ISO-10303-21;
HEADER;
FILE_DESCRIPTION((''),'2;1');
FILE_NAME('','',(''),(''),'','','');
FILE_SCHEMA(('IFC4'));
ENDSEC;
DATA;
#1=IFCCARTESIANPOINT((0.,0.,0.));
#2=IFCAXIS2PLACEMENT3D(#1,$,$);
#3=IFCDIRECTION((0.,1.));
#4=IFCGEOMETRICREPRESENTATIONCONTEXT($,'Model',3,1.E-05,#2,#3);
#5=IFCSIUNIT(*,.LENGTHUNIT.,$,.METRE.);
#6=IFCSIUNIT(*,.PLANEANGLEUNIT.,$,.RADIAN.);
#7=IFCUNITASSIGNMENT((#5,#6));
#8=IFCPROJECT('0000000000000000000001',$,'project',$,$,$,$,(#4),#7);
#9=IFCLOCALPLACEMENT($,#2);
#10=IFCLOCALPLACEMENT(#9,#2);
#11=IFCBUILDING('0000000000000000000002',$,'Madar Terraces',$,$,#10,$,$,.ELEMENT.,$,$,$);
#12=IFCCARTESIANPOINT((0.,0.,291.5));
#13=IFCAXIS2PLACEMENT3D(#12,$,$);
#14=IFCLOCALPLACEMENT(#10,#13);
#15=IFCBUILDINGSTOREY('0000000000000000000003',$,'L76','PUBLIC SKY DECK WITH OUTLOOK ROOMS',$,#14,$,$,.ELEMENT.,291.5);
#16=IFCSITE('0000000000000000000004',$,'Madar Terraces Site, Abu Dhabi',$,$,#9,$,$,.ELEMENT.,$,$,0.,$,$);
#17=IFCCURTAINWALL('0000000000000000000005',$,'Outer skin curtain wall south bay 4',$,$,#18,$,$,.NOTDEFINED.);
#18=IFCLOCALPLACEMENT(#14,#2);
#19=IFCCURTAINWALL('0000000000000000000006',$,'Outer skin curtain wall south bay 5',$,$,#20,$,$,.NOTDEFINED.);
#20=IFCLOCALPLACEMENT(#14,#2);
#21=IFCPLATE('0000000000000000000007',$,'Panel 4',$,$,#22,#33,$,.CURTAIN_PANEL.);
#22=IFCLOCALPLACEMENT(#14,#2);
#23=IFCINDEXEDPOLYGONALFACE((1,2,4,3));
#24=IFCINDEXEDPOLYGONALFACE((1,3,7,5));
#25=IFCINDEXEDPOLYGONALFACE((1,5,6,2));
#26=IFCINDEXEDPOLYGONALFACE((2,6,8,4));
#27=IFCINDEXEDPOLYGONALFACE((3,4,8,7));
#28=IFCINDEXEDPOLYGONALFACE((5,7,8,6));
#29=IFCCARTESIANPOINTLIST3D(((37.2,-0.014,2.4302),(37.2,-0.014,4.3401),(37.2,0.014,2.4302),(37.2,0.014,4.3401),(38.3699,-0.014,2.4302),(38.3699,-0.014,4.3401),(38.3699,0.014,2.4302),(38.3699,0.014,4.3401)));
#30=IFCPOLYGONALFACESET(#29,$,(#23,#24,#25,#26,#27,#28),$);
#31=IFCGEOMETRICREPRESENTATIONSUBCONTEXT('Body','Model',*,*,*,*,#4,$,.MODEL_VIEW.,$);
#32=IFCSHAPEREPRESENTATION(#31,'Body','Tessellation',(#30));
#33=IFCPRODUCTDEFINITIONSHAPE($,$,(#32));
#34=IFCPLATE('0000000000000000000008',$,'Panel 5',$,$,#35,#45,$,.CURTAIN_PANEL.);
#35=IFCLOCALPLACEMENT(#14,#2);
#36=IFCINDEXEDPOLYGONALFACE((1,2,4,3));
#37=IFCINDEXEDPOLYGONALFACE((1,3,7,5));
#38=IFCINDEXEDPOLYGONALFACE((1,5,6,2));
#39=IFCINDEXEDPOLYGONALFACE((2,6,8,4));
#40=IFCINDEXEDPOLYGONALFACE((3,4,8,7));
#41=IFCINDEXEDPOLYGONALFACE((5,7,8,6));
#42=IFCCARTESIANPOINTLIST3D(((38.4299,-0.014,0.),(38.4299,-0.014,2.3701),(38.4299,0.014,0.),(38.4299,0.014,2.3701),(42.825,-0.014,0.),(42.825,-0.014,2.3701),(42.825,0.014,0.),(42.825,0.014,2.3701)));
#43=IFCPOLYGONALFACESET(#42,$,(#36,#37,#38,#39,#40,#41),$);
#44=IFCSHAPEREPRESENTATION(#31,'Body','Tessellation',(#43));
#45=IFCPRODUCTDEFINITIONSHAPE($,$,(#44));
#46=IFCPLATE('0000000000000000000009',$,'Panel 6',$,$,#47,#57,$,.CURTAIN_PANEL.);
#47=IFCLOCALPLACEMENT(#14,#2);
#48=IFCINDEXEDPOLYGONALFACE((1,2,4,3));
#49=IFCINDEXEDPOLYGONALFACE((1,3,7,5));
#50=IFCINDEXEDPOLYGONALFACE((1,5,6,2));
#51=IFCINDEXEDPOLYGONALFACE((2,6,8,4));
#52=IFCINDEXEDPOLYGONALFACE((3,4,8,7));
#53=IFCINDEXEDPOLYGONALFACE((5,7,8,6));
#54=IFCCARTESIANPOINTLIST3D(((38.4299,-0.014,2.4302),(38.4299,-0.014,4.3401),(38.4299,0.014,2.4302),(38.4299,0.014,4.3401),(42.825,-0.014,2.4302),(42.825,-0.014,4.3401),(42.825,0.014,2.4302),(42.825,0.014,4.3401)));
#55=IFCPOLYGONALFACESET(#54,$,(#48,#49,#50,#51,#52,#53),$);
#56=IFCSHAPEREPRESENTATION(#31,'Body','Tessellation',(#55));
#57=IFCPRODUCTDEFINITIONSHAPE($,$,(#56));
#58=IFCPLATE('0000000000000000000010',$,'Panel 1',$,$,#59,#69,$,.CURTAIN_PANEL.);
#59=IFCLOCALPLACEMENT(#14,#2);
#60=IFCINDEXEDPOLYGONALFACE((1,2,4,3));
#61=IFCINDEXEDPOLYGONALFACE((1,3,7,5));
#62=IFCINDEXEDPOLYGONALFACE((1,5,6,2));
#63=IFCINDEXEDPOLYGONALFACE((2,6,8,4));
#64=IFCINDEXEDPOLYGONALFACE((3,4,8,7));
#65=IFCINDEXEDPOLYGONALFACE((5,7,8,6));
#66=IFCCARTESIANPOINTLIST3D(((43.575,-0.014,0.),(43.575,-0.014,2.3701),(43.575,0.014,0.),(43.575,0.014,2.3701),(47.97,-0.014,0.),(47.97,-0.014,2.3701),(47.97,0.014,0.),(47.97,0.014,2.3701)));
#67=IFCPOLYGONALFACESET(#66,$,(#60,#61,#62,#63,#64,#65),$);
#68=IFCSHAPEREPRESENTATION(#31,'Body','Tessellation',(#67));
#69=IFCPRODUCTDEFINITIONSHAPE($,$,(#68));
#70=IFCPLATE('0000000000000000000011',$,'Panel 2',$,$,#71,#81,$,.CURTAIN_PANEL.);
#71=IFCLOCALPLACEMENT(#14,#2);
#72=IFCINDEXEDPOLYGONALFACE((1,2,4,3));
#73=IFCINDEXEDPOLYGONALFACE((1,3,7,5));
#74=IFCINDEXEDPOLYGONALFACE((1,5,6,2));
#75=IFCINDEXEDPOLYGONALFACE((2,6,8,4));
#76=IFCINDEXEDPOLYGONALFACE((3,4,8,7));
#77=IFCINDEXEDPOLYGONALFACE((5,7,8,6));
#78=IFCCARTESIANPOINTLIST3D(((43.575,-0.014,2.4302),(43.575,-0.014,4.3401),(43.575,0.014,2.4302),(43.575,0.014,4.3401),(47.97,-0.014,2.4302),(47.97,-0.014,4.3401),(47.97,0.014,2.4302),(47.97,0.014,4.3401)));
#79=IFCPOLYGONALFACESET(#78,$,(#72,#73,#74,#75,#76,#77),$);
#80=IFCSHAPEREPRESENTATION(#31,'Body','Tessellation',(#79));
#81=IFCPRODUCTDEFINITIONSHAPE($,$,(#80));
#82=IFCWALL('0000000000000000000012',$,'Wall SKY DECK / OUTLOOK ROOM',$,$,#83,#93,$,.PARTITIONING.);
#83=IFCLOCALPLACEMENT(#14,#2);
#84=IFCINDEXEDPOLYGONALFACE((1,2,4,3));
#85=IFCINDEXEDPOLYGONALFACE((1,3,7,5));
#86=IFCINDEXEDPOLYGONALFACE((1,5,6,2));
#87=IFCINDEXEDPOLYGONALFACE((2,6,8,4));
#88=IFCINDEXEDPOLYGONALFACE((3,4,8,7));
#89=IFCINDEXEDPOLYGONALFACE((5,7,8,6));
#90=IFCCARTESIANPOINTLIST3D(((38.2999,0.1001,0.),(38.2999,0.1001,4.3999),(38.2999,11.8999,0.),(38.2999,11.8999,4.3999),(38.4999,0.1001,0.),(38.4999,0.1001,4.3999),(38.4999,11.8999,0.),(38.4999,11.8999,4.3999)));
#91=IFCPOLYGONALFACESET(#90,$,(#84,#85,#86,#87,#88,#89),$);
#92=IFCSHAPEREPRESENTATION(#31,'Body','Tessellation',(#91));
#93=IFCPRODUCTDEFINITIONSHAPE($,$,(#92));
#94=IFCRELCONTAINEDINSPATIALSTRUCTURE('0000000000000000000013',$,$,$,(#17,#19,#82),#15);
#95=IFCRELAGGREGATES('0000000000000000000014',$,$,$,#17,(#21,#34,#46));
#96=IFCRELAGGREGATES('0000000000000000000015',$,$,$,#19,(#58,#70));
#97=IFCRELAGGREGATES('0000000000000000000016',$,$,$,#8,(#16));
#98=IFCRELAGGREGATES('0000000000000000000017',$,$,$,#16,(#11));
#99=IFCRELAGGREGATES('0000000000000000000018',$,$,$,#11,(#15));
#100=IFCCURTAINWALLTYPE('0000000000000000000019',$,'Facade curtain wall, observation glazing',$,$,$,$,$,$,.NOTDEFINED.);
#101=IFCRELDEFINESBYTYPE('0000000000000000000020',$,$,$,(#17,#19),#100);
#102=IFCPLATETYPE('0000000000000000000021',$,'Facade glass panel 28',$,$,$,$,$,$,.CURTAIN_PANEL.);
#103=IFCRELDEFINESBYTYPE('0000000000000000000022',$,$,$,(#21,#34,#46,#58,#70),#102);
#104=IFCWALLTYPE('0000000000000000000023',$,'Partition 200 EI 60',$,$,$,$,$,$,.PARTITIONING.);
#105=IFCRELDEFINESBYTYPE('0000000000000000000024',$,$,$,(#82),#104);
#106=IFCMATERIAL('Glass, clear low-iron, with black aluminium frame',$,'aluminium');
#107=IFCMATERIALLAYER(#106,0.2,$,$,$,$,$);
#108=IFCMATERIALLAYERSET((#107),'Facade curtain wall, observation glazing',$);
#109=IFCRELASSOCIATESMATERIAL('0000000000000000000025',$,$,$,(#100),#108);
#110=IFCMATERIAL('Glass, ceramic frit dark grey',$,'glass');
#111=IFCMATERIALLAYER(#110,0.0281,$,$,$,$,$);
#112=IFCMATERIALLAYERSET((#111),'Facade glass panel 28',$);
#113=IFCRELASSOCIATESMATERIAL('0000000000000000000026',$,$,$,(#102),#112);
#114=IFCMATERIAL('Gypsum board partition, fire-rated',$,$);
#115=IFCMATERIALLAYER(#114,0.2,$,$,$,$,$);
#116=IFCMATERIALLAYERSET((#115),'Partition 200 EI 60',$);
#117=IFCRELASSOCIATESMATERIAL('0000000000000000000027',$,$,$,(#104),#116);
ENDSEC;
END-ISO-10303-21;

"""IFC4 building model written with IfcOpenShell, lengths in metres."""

from ifc_helpers import new_model, si_unit, direction, frame, frame_2d, origin, origin_2d, place, context, subcontext, project, spatial, rectangle, extrude, material, layer, layer_set, type_object, element, aggregate, save


model = new_model("IFC4")

# Units and contexts
model_context = context("Model", 3, precision=1e-05, world=origin(), true_north=direction((0.0, 1.0)))
body_context = subcontext(model_context, "Body", "Model", "MODEL_VIEW")
ifc_project = project(units=[si_unit("LENGTHUNIT", "METRE"), si_unit("PLANEANGLEUNIT", "RADIAN")], contexts=[model_context])

# Site, building, storey
site_placement = place(None, origin())
site = spatial("IfcSite", under=ifc_project, at=site_placement, Name="Madar Terraces Site, Abu Dhabi", CompositionType="ELEMENT", RefElevation=0.0)
building_placement = place(site_placement, origin())
building = spatial("IfcBuilding", under=site, at=building_placement, Name="Madar Terraces", CompositionType="ELEMENT")
storey_placement = place(building_placement, frame((0.0, 0.0, 291.5)))
storey = spatial("IfcBuildingStorey", under=building, at=storey_placement, Name="L76", Description="PUBLIC SKY DECK WITH OUTLOOK ROOMS", CompositionType="ELEMENT", Elevation=291.5)

# Curtain walls
ifc_material_1 = material(Name="Glass, clear low-iron, with black aluminium frame", Category="aluminium")
ifc_layer_1 = layer(ifc_material_1, 0.2)
ifc_layer_set_1 = layer_set([ifc_layer_1], Name="Facade curtain wall, observation glazing")
curtain_wall_type = type_object("IfcCurtainWallType", Name="Facade curtain wall, observation glazing", PredefinedType="NOTDEFINED", material=ifc_layer_set_1)
curtain_wall_1_placement = place(storey_placement, origin())
curtain_wall_1 = element("IfcCurtainWall", 1, at=curtain_wall_1_placement, inside=storey, type_object=curtain_wall_type, Name="Outer skin curtain wall south bay 4", PredefinedType="NOTDEFINED")
curtain_wall_2_placement = place(storey_placement, origin())
curtain_wall_2 = element("IfcCurtainWall", 2, at=curtain_wall_2_placement, inside=storey, type_object=curtain_wall_type, Name="Outer skin curtain wall south bay 5", PredefinedType="NOTDEFINED")

# Plates
ifc_material_2 = material(Name="Glass, ceramic frit dark grey", Category="glass")
ifc_layer_2 = layer(ifc_material_2, 0.0281)
ifc_layer_set_2 = layer_set([ifc_layer_2], Name="Facade glass panel 28")
plate_type = type_object("IfcPlateType", Name="Facade glass panel 28", PredefinedType="CURTAIN_PANEL", material=ifc_layer_set_2)
plate_1_placement = place(storey_placement, frame((37.7849, 0.0, 2.4302), z_axis=(0.0, 0.0, 1.0), x_axis=(1.0, 0.0, 0.0)))
plate_1 = element("IfcPlate", 3, at=plate_1_placement, type_object=plate_type, Name="Panel 4", PredefinedType="CURTAIN_PANEL", context=body_context, shape_type="SweptSolid", body=[
    extrude(rectangle(XDim=1.1699, YDim=0.0281, at=origin_2d()), origin(), (0.0, 0.0, 1.0), 1.9099),
])
plate_2_placement = place(storey_placement, frame((40.6274, 0.0, 0.0), z_axis=(0.0, 0.0, 1.0), x_axis=(1.0, 0.0, 0.0)))
plate_2 = element("IfcPlate", 4, at=plate_2_placement, type_object=plate_type, Name="Panel 5", PredefinedType="CURTAIN_PANEL", context=body_context, shape_type="SweptSolid", body=[
    extrude(rectangle(XDim=4.395, YDim=0.0281, at=origin_2d()), origin(), (0.0, 0.0, 1.0), 2.3701),
])
plate_3_placement = place(storey_placement, frame((40.6274, 0.0, 2.4302), z_axis=(0.0, 0.0, 1.0), x_axis=(1.0, 0.0, 0.0)))
plate_3 = element("IfcPlate", 5, at=plate_3_placement, type_object=plate_type, Name="Panel 6", PredefinedType="CURTAIN_PANEL", context=body_context, shape_type="SweptSolid", body=[
    extrude(rectangle(XDim=4.395, YDim=0.0281, at=origin_2d()), origin(), (0.0, 0.0, 1.0), 1.9099),
])
aggregate(curtain_wall_1, [plate_1, plate_2, plate_3])
plate_4_placement = place(storey_placement, frame((45.7725, 0.0, 0.0), z_axis=(0.0, 0.0, 1.0), x_axis=(1.0, 0.0, 0.0)))
plate_4 = element("IfcPlate", 6, at=plate_4_placement, type_object=plate_type, Name="Panel 1", PredefinedType="CURTAIN_PANEL", context=body_context, shape_type="SweptSolid", body=[
    extrude(rectangle(XDim=4.395, YDim=0.0281, at=origin_2d()), origin(), (0.0, 0.0, 1.0), 2.3701),
])
plate_5_placement = place(storey_placement, frame((45.7725, 0.0, 2.4302), z_axis=(0.0, 0.0, 1.0), x_axis=(1.0, 0.0, 0.0)))
plate_5 = element("IfcPlate", 7, at=plate_5_placement, type_object=plate_type, Name="Panel 2", PredefinedType="CURTAIN_PANEL", context=body_context, shape_type="SweptSolid", body=[
    extrude(rectangle(XDim=4.395, YDim=0.0281, at=origin_2d()), origin(), (0.0, 0.0, 1.0), 1.9099),
])
aggregate(curtain_wall_2, [plate_4, plate_5])

# Wall
ifc_material_3 = material(Name="Gypsum board partition, fire-rated")
ifc_layer_3 = layer(ifc_material_3, 0.2)
ifc_layer_set_3 = layer_set([ifc_layer_3], Name="Partition 200 EI 60")
wall_type_1 = type_object("IfcWallType", Name="Partition 200 EI 60", PredefinedType="PARTITIONING", material=ifc_layer_set_3)
wall_1_placement = place(storey_placement, frame((38.3999, 0.1001, 0.0), z_axis=(0.0, 0.0, 1.0), x_axis=(0.0, 1.0, 0.0)))
element("IfcWall", 8, at=wall_1_placement, inside=storey, type_object=wall_type_1, Name="Wall SKY DECK / OUTLOOK ROOM", PredefinedType="PARTITIONING", context=body_context, shape_type="SweptSolid", body=[
    extrude(rectangle(XDim=11.7998, YDim=0.2, at=frame_2d((5.8999, 0.0))), origin(), (0.0, 0.0, 1.0), 4.3999),
])

save(model, "model.ifc")
